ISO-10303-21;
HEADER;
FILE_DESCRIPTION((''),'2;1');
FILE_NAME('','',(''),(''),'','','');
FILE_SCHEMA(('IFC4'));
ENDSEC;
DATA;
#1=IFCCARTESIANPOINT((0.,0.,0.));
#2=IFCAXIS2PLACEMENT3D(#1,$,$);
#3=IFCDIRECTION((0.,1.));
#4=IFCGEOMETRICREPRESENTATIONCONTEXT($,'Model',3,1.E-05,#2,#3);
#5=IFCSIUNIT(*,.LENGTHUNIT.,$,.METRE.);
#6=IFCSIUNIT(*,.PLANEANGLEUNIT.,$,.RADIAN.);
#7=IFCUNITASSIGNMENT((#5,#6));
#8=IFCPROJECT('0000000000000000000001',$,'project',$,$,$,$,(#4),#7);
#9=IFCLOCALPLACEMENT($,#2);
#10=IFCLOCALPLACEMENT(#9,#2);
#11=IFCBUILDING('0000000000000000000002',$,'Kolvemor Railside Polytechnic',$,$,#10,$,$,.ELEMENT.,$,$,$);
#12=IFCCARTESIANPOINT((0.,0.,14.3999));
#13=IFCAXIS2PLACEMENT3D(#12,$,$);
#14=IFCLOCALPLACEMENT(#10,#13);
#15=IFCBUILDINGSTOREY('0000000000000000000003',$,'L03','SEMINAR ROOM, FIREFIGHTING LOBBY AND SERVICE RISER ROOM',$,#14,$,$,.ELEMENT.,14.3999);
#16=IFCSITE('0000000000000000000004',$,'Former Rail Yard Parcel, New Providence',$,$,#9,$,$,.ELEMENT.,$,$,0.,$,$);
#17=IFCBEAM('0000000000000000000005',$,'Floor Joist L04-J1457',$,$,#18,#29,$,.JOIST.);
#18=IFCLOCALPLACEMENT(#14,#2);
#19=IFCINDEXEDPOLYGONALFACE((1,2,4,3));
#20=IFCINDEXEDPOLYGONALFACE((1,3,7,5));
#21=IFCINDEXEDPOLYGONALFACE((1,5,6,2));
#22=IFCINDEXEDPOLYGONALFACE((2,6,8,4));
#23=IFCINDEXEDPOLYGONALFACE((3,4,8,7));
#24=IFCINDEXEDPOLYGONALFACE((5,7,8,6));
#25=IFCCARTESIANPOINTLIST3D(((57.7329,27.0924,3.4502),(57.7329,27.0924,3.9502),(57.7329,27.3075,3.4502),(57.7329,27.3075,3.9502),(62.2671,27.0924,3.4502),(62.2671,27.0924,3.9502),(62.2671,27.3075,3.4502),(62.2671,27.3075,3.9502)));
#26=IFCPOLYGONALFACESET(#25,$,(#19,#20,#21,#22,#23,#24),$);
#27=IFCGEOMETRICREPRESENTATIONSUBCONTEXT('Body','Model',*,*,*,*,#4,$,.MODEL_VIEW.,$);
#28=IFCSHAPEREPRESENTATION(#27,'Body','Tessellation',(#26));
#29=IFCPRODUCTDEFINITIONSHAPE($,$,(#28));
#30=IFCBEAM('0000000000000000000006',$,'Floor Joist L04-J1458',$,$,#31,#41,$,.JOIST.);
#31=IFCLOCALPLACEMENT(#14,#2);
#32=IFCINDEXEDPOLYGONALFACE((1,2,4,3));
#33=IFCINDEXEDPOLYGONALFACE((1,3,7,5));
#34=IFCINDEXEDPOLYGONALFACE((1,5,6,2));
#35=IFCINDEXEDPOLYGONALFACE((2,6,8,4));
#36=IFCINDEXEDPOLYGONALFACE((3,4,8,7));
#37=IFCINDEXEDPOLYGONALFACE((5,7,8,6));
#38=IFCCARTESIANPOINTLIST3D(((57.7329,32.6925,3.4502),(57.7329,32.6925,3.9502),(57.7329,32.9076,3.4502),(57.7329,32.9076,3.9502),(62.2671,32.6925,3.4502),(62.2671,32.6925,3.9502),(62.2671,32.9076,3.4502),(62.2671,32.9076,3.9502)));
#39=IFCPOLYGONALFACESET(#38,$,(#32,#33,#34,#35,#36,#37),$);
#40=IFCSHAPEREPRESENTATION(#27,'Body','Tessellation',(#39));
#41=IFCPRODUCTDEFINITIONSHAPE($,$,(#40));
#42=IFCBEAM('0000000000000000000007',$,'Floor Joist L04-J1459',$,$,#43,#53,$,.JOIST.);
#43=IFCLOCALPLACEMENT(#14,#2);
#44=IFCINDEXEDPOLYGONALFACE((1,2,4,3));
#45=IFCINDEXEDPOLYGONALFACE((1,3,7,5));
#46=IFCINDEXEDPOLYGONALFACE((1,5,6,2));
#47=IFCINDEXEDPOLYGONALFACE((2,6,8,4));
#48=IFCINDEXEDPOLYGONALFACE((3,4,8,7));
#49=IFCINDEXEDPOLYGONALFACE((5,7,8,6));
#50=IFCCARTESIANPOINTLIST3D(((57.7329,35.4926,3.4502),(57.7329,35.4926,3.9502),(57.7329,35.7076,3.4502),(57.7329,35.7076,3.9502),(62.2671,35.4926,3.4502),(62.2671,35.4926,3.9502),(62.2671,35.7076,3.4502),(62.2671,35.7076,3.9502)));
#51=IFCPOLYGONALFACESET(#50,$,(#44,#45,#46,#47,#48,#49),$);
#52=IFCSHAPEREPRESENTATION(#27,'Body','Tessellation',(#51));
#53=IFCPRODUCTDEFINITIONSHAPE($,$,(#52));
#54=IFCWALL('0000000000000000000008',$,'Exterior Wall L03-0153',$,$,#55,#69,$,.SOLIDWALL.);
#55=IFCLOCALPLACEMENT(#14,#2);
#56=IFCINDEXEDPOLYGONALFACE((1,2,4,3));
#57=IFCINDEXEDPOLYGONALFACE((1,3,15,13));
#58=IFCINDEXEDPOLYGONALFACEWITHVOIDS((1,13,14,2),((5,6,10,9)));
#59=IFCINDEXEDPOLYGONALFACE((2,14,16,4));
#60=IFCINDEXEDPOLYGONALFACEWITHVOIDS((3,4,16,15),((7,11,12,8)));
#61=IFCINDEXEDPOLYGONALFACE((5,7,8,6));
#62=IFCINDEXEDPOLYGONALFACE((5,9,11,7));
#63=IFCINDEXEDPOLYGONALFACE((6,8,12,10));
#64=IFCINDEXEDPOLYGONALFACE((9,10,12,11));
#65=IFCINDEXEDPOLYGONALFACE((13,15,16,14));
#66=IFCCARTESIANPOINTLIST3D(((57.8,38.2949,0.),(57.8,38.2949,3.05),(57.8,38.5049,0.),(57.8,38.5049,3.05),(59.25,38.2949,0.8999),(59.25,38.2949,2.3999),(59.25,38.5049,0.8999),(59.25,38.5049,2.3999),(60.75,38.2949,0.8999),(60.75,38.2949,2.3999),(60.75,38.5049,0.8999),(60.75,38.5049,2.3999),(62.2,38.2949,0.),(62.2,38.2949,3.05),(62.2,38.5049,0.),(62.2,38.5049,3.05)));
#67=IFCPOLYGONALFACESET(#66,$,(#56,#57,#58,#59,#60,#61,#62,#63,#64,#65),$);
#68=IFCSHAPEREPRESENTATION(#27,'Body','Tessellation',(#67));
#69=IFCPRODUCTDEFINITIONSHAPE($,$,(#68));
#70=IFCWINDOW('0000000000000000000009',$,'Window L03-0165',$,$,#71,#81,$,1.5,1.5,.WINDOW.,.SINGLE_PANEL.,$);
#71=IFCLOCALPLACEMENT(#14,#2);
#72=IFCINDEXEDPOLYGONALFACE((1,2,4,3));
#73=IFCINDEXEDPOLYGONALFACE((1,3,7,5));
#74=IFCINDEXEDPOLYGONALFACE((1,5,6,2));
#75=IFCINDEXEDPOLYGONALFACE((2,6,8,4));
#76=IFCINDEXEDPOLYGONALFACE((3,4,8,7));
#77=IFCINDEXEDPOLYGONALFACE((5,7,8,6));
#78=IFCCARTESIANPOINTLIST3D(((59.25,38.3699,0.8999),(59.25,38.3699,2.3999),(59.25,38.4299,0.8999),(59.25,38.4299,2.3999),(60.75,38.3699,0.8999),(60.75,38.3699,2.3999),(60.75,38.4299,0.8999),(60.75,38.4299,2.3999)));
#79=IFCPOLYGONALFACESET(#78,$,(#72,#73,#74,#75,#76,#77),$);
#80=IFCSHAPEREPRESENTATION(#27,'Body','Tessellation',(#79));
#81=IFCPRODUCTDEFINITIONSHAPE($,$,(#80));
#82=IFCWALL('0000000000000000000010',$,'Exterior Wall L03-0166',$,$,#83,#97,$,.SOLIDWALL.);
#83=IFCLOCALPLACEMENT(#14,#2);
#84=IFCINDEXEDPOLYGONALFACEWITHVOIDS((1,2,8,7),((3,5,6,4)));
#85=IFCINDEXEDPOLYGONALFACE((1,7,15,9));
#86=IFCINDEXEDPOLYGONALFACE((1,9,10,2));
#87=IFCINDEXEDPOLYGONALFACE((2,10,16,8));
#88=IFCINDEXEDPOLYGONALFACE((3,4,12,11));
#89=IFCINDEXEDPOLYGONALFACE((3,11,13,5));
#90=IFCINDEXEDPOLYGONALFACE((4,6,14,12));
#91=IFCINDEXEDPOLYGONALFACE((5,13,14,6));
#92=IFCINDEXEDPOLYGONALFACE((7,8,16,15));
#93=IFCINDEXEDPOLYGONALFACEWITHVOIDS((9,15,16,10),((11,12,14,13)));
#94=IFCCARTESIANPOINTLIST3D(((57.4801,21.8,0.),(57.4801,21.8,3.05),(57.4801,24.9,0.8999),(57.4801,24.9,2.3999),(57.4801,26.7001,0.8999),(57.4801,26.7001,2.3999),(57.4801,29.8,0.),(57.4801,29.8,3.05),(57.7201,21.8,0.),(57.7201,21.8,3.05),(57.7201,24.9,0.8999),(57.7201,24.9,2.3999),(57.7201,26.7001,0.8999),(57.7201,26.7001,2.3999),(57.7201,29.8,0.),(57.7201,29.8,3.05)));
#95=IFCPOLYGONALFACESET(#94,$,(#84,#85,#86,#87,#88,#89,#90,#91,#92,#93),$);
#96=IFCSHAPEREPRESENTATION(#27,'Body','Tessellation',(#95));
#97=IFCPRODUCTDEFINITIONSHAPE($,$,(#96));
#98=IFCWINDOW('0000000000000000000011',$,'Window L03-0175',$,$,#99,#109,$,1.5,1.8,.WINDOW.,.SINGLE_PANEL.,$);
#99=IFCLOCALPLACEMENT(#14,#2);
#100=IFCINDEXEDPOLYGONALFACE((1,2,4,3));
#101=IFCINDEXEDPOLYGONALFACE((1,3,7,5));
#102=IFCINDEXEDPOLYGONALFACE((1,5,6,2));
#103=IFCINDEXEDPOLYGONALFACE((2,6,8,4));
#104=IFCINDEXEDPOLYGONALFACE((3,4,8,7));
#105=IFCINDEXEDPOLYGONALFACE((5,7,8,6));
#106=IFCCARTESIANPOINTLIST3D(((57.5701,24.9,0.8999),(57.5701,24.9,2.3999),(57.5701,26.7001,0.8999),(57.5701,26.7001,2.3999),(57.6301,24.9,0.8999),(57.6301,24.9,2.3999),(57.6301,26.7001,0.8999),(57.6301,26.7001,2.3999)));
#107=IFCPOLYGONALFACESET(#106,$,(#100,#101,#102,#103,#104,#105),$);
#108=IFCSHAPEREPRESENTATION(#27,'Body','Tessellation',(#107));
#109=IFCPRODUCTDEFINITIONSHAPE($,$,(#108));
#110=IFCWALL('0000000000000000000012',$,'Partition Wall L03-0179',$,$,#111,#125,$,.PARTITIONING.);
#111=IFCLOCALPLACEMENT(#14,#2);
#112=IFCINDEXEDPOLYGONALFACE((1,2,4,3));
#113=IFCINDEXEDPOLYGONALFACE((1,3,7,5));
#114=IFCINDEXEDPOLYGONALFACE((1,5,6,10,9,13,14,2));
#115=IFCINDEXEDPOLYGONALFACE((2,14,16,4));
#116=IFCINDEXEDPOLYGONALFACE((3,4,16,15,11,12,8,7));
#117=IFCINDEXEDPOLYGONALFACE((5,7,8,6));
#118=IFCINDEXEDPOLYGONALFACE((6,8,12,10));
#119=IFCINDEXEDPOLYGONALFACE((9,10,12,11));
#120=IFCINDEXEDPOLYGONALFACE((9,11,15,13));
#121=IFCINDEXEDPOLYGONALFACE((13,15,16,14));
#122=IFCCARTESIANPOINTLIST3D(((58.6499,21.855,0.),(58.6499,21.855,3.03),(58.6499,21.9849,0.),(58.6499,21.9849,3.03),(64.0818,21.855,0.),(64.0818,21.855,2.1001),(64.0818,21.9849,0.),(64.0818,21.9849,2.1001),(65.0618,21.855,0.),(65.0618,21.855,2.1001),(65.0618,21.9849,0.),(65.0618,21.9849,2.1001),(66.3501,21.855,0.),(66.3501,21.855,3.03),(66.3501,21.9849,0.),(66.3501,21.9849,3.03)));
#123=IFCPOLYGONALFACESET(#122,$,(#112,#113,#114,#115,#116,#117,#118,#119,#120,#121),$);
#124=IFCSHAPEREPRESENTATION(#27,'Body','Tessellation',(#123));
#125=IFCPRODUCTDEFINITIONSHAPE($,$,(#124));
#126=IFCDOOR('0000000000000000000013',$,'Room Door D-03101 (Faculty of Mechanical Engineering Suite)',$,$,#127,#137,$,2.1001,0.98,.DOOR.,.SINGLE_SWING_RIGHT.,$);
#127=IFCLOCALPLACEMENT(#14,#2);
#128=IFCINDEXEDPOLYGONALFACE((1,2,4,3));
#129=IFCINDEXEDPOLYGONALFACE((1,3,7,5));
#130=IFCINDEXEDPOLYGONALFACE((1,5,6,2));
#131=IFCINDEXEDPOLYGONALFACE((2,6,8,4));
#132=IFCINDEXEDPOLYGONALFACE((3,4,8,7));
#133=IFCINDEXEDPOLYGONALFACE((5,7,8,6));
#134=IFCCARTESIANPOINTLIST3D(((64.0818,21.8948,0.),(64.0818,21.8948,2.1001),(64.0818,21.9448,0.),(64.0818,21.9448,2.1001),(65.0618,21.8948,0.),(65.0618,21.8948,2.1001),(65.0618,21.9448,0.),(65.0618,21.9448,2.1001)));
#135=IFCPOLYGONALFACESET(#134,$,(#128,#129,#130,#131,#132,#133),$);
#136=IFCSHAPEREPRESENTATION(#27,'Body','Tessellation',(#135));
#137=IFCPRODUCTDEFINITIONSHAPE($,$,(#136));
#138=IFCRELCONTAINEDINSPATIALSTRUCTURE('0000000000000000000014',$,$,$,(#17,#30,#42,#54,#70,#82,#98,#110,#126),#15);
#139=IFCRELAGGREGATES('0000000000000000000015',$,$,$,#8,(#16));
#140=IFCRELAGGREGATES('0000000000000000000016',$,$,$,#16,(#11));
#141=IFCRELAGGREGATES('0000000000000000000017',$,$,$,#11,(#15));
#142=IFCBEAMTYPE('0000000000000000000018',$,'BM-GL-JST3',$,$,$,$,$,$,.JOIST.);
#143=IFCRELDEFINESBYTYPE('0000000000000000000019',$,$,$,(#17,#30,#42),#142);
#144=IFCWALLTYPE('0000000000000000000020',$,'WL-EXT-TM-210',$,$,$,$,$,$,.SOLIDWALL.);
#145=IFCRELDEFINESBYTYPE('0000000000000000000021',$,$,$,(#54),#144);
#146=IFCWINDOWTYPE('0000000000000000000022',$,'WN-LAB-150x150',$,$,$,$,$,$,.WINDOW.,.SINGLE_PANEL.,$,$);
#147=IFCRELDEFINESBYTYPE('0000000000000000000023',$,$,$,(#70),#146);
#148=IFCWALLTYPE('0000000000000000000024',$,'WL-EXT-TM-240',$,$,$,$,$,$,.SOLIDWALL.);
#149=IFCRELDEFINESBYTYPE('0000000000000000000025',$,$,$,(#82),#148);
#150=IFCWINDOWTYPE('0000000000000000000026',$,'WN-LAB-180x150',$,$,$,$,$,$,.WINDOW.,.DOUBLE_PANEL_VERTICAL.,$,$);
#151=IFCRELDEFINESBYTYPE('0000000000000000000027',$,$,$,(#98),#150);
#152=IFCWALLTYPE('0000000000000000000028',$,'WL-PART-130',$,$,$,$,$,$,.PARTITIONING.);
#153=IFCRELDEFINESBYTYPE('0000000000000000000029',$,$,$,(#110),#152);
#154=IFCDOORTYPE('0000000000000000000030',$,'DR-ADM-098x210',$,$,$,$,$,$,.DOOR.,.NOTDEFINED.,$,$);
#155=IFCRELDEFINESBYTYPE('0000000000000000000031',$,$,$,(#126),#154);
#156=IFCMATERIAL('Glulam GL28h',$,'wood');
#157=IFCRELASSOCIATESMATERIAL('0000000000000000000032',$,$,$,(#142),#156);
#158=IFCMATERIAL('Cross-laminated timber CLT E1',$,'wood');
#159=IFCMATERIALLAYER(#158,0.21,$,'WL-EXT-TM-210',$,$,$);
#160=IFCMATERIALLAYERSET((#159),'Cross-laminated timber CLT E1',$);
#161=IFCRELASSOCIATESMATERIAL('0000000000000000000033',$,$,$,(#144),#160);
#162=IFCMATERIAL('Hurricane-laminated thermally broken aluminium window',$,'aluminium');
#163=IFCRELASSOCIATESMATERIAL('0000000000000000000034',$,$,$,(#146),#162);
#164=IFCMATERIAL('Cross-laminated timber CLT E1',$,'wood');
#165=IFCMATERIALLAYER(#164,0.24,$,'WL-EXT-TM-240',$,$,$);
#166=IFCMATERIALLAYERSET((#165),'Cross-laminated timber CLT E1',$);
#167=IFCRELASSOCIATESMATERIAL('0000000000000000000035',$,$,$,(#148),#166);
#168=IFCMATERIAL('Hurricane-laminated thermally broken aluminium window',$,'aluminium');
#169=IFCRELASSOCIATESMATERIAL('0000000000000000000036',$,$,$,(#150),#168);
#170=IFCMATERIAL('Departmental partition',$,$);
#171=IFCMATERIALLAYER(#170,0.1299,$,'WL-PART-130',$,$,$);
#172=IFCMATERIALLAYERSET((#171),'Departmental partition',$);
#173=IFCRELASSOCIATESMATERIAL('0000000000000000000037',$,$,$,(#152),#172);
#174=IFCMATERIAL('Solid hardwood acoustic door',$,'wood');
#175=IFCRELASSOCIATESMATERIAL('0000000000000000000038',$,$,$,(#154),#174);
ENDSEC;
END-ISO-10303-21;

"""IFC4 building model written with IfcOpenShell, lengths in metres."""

from ifc_helpers import new_model, si_unit, direction, frame, frame_2d, origin, origin_2d, place, context, subcontext, project, spatial, rectangle, extrude, material, layer, layer_set, material_profile, profile_set, type_object, element, fill, save


model = new_model("IFC4")

# Units and contexts
model_context = context("Model", 3, precision=1e-05, world=origin(), true_north=direction((0.0, 1.0)))
body_context = subcontext(model_context, "Body", "Model", "MODEL_VIEW")
ifc_project = project(units=[si_unit("LENGTHUNIT", "METRE"), si_unit("PLANEANGLEUNIT", "RADIAN")], contexts=[model_context])

# Site, building, storey
site_placement = place(None, origin())
site = spatial("IfcSite", under=ifc_project, at=site_placement, Name="Former Rail Yard Parcel, New Providence", CompositionType="ELEMENT", RefElevation=0.0)
building_placement = place(site_placement, origin())
building = spatial("IfcBuilding", under=site, at=building_placement, Name="Kolvemor Railside Polytechnic", CompositionType="ELEMENT")
storey_placement = place(building_placement, frame((0.0, 0.0, 14.3999)))
storey = spatial("IfcBuildingStorey", under=building, at=storey_placement, Name="L03", Description="SEMINAR ROOM, FIREFIGHTING LOBBY AND SERVICE RISER ROOM", CompositionType="ELEMENT", Elevation=14.3999)

# Beams
ifc_material_1 = material(Name="Glulam GL28h", Category="wood")
ifc_material_profile_1 = material_profile(ifc_material_1, rectangle(XDim=0.2151, YDim=0.5, at=origin_2d()), Name="GL215x500")
ifc_profile_set_1 = profile_set([ifc_material_profile_1], Name="Glulam GL28h")
beam_type_1 = type_object("IfcBeamType", Name="BM-GL-JST3", PredefinedType="JOIST", material=ifc_profile_set_1)
for number, where, z_axis, x_axis, name in (
    (1, (57.7329, 27.2, 3.7002), (1.0, 0.0, 0.0), (0.0, 1.0, 0.0), "Floor Joist L04-J1457"),
    (2, (57.7329, 32.8, 3.7002), (1.0, 0.0, 0.0), (0.0, 1.0, 0.0), "Floor Joist L04-J1458"),
    (3, (57.7329, 35.6001, 3.7002), (1.0, 0.0, 0.0), (0.0, 1.0, 0.0), "Floor Joist L04-J1459"),
):
    element("IfcBeam", number, at=place(storey_placement, frame(where, z_axis=z_axis, x_axis=x_axis)), inside=storey, type_object=beam_type_1, Name=name, PredefinedType="JOIST", context=body_context, shape_type="SweptSolid", body=[
        extrude(rectangle(XDim=0.2151, YDim=0.5, at=origin_2d()), origin(), (0.0, 0.0, 1.0), 4.5342),
    ])

# Wall, opening, window
ifc_material_2 = material(Name="Cross-laminated timber CLT E1", Category="wood")
ifc_layer_1 = layer(ifc_material_2, 0.21, Name="WL-EXT-TM-210")
ifc_layer_set_1 = layer_set([ifc_layer_1], Name="Cross-laminated timber CLT E1")
wall_type_1 = type_object("IfcWallType", Name="WL-EXT-TM-210", PredefinedType="SOLIDWALL", material=ifc_layer_set_1)
wall_1_placement = place(storey_placement, frame((62.2, 38.3999, 0.0), z_axis=(0.0, 0.0, 1.0), x_axis=(-1.0, 0.0, 0.0)))
wall_1 = element("IfcWall", 4, at=wall_1_placement, inside=storey, type_object=wall_type_1, Name="Exterior Wall L03-0153", PredefinedType="SOLIDWALL", context=body_context, shape_type="SweptSolid", body=[
    extrude(rectangle(XDim=4.3999, YDim=0.21, at=frame_2d((2.2, 0.0))), origin(), (0.0, 0.0, 1.0), 3.05),
])
opening_1_placement = place(wall_1_placement, frame((1.45, 0.0, 0.8999)))
opening_1 = element("IfcOpeningElement", 5, at=opening_1_placement, cuts=wall_1, PredefinedType="OPENING", context=body_context, shape_type="SweptSolid", body=[
    extrude(rectangle(XDim=1.5, YDim=1.5, at=frame_2d((0.75, 0.75))), frame((0.0, 0.115, 0.0), z_axis=(0.0, -1.0, 0.0), x_axis=(1.0, 0.0, 0.0)), (0.0, 0.0, 1.0), 0.23),
])
ifc_material_3 = material(Name="Hurricane-laminated thermally broken aluminium window", Category="aluminium")
window_type_1 = type_object("IfcWindowType", Name="WN-LAB-150x150", PartitioningType="SINGLE_PANEL", PredefinedType="WINDOW", material=ifc_material_3)
window_1_placement = place(opening_1_placement, origin())
window_1 = element("IfcWindow", 6, at=window_1_placement, inside=storey, type_object=window_type_1, Name="Window L03-0165", OverallHeight=1.5, OverallWidth=1.5, PartitioningType="SINGLE_PANEL", PredefinedType="WINDOW", context=body_context, shape_type="SweptSolid", body=[
    extrude(rectangle(XDim=1.5, YDim=1.5, at=frame_2d((0.75, 0.75))), frame((0.0, 0.03, 0.0), z_axis=(0.0, -1.0, 0.0), x_axis=(1.0, 0.0, 0.0)), (0.0, 0.0, 1.0), 0.0601),
])
fill(opening_1, window_1)

# Shared definitions
ifc_material_4 = material(Name="Cross-laminated timber CLT E1", Category="wood")
ifc_layer_2 = layer(ifc_material_4, 0.24, Name="WL-EXT-TM-240")
ifc_layer_set_2 = layer_set([ifc_layer_2], Name="Cross-laminated timber CLT E1")
wall_type_2 = type_object("IfcWallType", Name="WL-EXT-TM-240", PredefinedType="SOLIDWALL", material=ifc_layer_set_2)

# Wall, opening, window
wall_2_placement = place(storey_placement, frame((57.6001, 29.8, 0.0), z_axis=(0.0, 0.0, 1.0), x_axis=(0.0, -1.0, 0.0)))
wall_2 = element("IfcWall", 7, at=wall_2_placement, inside=storey, type_object=wall_type_2, Name="Exterior Wall L03-0166", PredefinedType="SOLIDWALL", context=body_context, shape_type="SweptSolid", body=[
    extrude(rectangle(XDim=8.0, YDim=0.24, at=frame_2d((4.0, 0.0))), origin(), (0.0, 0.0, 1.0), 3.05),
])
opening_2_placement = place(wall_2_placement, frame((3.1001, 0.0, 0.8999)))
opening_2 = element("IfcOpeningElement", 8, at=opening_2_placement, cuts=wall_2, PredefinedType="OPENING", context=body_context, shape_type="SweptSolid", body=[
    extrude(rectangle(XDim=1.8, YDim=1.5, at=frame_2d((0.8999, 0.75))), frame((0.0, 0.1299, 0.0), z_axis=(0.0, -1.0, 0.0), x_axis=(1.0, 0.0, 0.0)), (0.0, 0.0, 1.0), 0.26),
])
ifc_material_5 = material(Name="Hurricane-laminated thermally broken aluminium window", Category="aluminium")
window_type_2 = type_object("IfcWindowType", Name="WN-LAB-180x150", PartitioningType="DOUBLE_PANEL_VERTICAL", PredefinedType="WINDOW", material=ifc_material_5)
window_2_placement = place(opening_2_placement, origin())
window_2 = element("IfcWindow", 9, at=window_2_placement, inside=storey, type_object=window_type_2, Name="Window L03-0175", OverallHeight=1.5, OverallWidth=1.8, PartitioningType="SINGLE_PANEL", PredefinedType="WINDOW", context=body_context, shape_type="SweptSolid", body=[
    extrude(rectangle(XDim=1.8, YDim=1.5, at=frame_2d((0.8999, 0.75))), frame((0.0, 0.03, 0.0), z_axis=(0.0, -1.0, 0.0), x_axis=(1.0, 0.0, 0.0)), (0.0, 0.0, 1.0), 0.0601),
])
fill(opening_2, window_2)

# Wall, opening, door
ifc_material_6 = material(Name="Departmental partition")
ifc_layer_3 = layer(ifc_material_6, 0.1299, Name="WL-PART-130")
ifc_layer_set_3 = layer_set([ifc_layer_3], Name="Departmental partition")
wall_type_3 = type_object("IfcWallType", Name="WL-PART-130", PredefinedType="PARTITIONING", material=ifc_layer_set_3)
wall_3_placement = place(storey_placement, frame((58.6499, 21.9199, 0.0), z_axis=(0.0, 0.0, 1.0), x_axis=(1.0, 0.0, 0.0)))
wall_3 = element("IfcWall", 10, at=wall_3_placement, inside=storey, type_object=wall_type_3, Name="Partition Wall L03-0179", PredefinedType="PARTITIONING", context=body_context, shape_type="SweptSolid", body=[
    extrude(rectangle(XDim=7.7002, YDim=0.1299, at=frame_2d((3.8501, 0.0))), origin(), (0.0, 0.0, 1.0), 3.03),
])
opening_3_placement = place(wall_3_placement, frame((5.4319, 0.0, 0.0)))
opening_3 = element("IfcOpeningElement", 11, at=opening_3_placement, cuts=wall_3, PredefinedType="OPENING", context=body_context, shape_type="SweptSolid", body=[
    extrude(rectangle(XDim=0.98, YDim=2.1001, at=frame_2d((0.49, 1.05))), frame((0.0, 0.075, 0.0), z_axis=(0.0, -1.0, 0.0), x_axis=(1.0, 0.0, 0.0)), (0.0, 0.0, 1.0), 0.1499),
])
ifc_material_7 = material(Name="Solid hardwood acoustic door", Category="wood")
door_type_1 = type_object("IfcDoorType", Name="DR-ADM-098x210", OperationType="NOTDEFINED", PredefinedType="DOOR", material=ifc_material_7)
door_1_placement = place(opening_3_placement, origin())
door_1 = element("IfcDoor", 12, at=door_1_placement, inside=storey, type_object=door_type_1, Name="Room Door D-03101 (Faculty of Mechanical Engineering Suite)", OperationType="SINGLE_SWING_RIGHT", OverallHeight=2.1001, OverallWidth=0.98, PredefinedType="DOOR", context=body_context, shape_type="SweptSolid", body=[
    extrude(rectangle(XDim=0.98, YDim=2.1001, at=frame_2d((0.49, 1.05))), frame((0.0, 0.0249, 0.0), z_axis=(0.0, -1.0, 0.0), x_axis=(1.0, 0.0, 0.0)), (0.0, 0.0, 1.0), 0.05),
])
fill(opening_3, door_1)

save(model, "model.ifc")
